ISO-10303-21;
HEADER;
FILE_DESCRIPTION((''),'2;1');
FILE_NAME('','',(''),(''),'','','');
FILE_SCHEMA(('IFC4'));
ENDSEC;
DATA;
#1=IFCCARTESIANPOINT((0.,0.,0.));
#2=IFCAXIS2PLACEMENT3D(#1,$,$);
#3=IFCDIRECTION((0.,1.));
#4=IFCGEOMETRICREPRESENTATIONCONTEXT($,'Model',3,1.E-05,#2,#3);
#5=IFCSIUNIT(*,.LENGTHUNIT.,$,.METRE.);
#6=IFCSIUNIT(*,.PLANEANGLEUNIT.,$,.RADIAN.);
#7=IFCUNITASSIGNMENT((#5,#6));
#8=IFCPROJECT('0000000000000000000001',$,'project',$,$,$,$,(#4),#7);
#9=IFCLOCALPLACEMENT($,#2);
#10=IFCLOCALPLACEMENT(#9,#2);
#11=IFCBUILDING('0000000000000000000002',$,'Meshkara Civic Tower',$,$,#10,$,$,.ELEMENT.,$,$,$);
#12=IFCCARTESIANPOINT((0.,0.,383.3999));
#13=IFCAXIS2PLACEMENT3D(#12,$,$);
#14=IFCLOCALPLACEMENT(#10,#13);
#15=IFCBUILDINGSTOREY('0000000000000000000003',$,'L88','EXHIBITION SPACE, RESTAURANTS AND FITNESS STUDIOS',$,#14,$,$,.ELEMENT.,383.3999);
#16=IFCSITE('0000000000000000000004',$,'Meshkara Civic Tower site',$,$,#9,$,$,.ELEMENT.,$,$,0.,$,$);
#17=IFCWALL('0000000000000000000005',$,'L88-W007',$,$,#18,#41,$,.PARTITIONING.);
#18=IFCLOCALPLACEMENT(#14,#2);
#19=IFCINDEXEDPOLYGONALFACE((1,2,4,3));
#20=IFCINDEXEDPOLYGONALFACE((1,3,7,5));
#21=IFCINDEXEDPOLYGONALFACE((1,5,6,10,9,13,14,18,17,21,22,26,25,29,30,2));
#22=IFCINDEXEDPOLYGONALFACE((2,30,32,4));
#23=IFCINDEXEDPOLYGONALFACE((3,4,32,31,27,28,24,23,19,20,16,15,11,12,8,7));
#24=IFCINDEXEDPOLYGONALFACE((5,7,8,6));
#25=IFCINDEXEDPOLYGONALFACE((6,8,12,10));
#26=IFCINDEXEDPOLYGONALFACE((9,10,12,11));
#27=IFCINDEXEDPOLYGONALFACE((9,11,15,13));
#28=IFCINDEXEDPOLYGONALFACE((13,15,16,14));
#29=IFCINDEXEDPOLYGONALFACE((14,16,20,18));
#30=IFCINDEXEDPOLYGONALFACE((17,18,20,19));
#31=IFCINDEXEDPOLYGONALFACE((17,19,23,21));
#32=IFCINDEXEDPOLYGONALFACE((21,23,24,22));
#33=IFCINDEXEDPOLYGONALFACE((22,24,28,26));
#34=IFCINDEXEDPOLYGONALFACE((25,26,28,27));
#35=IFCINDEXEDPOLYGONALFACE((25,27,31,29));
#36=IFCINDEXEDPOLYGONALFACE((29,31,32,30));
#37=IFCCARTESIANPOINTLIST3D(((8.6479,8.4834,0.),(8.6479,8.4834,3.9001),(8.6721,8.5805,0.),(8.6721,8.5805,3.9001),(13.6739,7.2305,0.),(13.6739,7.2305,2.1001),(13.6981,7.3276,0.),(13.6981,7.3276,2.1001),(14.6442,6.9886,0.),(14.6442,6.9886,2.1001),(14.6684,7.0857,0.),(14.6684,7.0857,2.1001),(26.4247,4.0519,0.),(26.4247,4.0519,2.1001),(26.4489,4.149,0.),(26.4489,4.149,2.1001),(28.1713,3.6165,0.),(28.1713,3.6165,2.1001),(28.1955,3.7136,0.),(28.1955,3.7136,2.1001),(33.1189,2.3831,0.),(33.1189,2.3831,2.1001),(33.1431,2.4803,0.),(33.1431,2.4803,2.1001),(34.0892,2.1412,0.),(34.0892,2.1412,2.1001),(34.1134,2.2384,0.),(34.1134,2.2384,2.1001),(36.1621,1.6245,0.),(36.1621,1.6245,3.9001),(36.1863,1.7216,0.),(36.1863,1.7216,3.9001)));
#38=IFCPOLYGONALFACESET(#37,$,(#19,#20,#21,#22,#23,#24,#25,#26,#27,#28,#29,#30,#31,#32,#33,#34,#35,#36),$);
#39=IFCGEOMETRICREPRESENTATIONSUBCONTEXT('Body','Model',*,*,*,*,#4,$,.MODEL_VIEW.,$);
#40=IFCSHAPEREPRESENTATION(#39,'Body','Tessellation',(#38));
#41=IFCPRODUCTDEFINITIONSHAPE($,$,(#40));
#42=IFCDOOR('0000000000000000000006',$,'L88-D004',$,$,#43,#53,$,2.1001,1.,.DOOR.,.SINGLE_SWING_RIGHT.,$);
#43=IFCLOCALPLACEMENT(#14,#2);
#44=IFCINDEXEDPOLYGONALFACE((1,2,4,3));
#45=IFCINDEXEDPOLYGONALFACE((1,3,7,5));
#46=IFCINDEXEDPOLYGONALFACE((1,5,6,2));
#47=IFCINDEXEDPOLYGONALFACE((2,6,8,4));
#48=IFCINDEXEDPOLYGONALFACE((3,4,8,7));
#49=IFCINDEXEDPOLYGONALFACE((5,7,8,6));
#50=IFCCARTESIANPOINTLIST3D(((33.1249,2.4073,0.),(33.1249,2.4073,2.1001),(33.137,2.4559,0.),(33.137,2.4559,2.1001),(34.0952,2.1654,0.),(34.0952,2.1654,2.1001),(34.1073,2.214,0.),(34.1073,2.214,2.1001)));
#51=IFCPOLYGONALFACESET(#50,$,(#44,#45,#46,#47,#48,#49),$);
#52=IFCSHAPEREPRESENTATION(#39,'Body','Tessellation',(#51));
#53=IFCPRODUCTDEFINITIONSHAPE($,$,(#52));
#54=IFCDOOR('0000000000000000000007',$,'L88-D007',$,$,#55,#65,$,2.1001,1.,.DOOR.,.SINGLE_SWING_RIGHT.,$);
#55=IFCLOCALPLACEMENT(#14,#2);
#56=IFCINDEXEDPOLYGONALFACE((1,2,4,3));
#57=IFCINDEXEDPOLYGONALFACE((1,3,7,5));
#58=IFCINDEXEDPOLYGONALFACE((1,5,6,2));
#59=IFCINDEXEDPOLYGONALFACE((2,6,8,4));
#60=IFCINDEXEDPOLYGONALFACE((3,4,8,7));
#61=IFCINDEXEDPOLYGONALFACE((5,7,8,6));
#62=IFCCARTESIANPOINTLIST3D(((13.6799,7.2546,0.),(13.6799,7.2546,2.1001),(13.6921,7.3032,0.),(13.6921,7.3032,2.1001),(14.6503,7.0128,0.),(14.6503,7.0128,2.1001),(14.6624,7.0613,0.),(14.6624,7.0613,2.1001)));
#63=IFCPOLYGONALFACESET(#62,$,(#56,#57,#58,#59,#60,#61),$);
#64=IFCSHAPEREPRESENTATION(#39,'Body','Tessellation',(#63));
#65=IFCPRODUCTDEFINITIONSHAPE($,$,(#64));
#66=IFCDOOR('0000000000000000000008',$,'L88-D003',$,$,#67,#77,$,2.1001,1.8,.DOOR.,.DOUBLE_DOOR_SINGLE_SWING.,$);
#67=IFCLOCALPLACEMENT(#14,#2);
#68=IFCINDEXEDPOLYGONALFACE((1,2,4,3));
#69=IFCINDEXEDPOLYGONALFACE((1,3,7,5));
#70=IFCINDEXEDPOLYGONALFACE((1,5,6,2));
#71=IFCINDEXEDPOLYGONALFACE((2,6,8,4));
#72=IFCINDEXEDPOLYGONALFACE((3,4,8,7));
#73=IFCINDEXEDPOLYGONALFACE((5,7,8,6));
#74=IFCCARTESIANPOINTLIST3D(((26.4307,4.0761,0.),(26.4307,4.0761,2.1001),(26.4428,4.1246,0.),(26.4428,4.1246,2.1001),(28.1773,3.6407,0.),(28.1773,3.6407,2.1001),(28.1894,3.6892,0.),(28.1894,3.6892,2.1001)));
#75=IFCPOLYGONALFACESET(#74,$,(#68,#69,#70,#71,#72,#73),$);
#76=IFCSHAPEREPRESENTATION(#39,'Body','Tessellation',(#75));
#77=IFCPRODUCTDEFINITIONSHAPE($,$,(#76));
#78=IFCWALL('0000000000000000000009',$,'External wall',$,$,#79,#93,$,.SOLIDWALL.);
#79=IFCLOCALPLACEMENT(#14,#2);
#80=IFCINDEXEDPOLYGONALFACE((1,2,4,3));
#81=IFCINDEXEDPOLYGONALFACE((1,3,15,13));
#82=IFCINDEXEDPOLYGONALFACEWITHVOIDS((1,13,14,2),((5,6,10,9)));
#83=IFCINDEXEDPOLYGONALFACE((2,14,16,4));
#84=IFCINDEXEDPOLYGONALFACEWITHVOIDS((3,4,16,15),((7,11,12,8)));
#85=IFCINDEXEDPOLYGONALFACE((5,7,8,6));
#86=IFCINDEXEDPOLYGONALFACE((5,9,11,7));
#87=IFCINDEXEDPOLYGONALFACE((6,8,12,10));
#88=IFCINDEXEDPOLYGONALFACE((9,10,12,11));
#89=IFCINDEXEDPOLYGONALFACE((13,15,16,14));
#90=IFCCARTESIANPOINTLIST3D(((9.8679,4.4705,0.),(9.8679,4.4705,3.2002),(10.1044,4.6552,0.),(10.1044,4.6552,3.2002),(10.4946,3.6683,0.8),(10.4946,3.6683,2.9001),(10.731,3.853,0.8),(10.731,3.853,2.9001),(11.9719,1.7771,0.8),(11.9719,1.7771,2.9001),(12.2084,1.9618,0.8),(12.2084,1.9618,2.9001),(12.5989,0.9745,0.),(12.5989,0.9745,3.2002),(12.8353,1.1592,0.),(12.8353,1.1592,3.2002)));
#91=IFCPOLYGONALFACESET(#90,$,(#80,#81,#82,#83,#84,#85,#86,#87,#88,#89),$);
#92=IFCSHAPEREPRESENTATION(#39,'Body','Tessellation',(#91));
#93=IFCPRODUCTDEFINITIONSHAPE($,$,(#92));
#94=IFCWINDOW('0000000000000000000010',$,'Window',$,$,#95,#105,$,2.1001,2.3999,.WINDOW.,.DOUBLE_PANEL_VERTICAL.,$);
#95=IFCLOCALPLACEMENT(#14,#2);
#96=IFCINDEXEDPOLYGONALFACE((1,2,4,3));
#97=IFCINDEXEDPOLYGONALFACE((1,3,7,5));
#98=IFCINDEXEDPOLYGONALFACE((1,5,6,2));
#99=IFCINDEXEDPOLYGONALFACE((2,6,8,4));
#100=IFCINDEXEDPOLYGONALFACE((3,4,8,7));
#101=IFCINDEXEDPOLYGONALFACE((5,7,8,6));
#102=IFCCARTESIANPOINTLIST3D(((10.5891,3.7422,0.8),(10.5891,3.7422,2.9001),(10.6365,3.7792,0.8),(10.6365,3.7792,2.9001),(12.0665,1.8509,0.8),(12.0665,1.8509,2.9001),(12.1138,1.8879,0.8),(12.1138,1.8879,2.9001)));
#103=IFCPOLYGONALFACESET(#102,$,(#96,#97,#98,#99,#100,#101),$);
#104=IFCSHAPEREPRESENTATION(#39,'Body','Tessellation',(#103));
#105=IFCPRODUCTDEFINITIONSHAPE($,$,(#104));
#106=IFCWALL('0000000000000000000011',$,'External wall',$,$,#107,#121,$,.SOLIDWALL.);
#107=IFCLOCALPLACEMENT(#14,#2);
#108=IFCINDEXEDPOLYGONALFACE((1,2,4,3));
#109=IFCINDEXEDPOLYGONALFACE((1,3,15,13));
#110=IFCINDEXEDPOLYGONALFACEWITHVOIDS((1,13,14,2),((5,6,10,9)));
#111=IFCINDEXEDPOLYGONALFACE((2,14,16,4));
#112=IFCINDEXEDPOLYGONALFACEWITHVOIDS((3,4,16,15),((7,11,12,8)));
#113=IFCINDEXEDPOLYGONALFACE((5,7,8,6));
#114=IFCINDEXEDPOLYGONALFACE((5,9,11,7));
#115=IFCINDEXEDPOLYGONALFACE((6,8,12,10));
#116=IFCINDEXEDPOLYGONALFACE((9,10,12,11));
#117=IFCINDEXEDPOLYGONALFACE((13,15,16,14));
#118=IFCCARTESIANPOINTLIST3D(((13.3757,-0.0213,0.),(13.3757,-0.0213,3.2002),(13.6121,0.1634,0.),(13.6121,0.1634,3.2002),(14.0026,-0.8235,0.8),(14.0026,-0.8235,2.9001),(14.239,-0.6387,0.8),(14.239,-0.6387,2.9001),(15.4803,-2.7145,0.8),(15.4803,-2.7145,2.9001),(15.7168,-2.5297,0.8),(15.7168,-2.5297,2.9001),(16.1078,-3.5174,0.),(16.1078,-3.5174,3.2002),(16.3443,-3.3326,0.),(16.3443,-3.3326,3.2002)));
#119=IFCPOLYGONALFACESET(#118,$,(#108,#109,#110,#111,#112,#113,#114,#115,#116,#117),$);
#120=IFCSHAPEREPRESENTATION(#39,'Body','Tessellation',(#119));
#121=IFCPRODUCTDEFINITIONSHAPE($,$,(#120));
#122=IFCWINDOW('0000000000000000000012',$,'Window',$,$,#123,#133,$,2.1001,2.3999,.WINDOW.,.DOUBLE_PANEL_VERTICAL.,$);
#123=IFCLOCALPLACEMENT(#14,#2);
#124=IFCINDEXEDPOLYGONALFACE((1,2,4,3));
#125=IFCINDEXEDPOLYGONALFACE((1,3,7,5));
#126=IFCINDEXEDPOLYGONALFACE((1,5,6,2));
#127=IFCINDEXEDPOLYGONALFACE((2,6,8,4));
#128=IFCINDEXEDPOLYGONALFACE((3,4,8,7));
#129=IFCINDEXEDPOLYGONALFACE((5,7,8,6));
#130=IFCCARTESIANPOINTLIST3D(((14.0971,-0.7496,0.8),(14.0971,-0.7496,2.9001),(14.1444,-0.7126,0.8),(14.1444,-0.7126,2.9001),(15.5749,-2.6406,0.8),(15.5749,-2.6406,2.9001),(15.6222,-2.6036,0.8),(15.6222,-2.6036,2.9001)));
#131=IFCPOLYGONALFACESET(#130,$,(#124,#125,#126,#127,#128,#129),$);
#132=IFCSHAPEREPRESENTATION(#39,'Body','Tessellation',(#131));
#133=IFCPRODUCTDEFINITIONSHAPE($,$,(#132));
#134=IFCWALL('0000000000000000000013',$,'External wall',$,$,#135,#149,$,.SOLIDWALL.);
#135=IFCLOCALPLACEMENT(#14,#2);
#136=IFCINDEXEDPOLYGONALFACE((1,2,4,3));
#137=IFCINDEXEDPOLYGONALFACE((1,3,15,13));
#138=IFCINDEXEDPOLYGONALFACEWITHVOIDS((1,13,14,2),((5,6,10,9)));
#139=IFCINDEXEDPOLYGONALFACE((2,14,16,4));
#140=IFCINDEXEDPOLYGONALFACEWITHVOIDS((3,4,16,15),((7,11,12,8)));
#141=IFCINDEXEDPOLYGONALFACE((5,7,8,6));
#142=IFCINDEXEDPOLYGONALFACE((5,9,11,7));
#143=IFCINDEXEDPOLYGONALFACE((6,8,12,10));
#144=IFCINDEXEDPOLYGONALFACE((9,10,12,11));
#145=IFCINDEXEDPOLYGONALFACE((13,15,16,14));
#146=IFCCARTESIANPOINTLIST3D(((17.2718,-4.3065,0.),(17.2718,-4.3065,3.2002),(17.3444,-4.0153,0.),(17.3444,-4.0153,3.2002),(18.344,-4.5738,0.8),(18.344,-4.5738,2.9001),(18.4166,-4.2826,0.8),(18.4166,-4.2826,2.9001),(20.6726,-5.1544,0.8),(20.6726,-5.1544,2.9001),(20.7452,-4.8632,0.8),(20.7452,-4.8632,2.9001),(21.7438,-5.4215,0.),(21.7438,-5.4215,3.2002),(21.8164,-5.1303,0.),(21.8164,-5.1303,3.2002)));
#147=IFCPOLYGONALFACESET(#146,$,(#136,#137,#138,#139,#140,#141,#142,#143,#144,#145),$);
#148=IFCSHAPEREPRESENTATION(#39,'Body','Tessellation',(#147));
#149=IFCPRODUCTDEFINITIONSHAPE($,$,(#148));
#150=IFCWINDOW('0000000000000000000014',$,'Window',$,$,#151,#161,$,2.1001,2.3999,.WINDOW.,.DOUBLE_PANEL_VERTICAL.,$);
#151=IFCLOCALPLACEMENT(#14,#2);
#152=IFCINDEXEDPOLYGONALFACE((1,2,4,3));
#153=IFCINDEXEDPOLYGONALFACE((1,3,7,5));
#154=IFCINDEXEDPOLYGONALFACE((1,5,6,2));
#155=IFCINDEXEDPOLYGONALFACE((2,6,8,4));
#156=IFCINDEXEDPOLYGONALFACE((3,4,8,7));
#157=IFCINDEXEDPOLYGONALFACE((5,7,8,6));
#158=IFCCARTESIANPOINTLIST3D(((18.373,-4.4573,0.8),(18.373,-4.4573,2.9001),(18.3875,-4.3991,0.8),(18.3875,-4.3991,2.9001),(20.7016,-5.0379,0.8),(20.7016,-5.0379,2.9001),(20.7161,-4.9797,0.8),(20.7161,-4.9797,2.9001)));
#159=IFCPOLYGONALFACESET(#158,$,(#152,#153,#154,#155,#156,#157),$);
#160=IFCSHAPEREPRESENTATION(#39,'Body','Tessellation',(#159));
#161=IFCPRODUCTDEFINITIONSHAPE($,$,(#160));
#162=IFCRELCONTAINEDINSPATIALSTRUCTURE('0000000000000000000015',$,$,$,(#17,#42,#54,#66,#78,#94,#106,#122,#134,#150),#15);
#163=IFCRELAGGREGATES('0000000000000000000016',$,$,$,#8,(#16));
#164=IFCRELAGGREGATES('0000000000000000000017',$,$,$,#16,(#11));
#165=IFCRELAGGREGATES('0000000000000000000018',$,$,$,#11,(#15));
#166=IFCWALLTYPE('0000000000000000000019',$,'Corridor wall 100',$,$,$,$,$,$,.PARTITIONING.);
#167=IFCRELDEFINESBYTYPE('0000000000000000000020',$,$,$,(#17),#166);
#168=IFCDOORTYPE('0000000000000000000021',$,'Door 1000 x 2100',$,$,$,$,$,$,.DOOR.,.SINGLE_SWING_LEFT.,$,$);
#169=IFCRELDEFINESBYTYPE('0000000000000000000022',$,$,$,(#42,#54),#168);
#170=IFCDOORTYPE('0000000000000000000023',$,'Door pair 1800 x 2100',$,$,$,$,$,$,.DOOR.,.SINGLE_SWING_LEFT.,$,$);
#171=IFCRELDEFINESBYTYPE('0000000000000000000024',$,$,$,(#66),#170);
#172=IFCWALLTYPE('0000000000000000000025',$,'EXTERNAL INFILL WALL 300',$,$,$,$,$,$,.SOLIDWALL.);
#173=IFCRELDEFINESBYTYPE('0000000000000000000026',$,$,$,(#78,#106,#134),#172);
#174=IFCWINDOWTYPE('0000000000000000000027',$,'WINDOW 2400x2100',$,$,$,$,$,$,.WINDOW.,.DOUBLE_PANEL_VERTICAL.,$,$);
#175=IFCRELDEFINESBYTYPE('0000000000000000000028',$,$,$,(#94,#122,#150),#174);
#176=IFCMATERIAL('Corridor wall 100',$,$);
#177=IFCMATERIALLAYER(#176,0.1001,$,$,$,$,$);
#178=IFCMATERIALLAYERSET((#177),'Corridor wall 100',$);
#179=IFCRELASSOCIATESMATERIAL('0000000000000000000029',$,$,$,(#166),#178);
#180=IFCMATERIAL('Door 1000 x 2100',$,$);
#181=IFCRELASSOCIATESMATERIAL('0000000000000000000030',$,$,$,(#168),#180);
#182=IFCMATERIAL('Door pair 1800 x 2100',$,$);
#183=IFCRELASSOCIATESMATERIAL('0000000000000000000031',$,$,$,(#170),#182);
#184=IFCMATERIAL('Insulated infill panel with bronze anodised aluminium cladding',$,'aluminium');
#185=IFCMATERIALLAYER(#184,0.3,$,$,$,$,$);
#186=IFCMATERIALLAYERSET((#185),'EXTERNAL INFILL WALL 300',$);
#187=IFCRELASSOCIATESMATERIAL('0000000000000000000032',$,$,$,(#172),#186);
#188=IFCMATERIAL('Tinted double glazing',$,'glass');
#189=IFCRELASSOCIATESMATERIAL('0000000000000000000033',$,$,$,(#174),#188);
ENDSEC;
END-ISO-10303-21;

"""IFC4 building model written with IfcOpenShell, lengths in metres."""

from ifc_helpers import new_model, si_unit, direction, frame, frame_2d, origin, place, context, subcontext, project, spatial, rectangle, extrude, material, layer, layer_set, type_object, element, fill, save


model = new_model("IFC4")

# Units and contexts
model_context = context("Model", 3, precision=1e-05, world=origin(), true_north=direction((0.0, 1.0)))
body_context = subcontext(model_context, "Body", "Model", "MODEL_VIEW")
ifc_project = project(units=[si_unit("LENGTHUNIT", "METRE"), si_unit("PLANEANGLEUNIT", "RADIAN")], contexts=[model_context])

# Site, building, storey
site_placement = place(None, origin())
site = spatial("IfcSite", under=ifc_project, at=site_placement, Name="Meshkara Civic Tower site", CompositionType="ELEMENT", RefElevation=0.0)
building_placement = place(site_placement, origin())
building = spatial("IfcBuilding", under=site, at=building_placement, Name="Meshkara Civic Tower", CompositionType="ELEMENT")
storey_placement = place(building_placement, frame((0.0, 0.0, 383.3999)))
storey = spatial("IfcBuildingStorey", under=building, at=storey_placement, Name="L88", Description="EXHIBITION SPACE, RESTAURANTS AND FITNESS STUDIOS", CompositionType="ELEMENT", Elevation=383.3999)

# Wall, openings, doors
ifc_material_1 = material(Name="Corridor wall 100")
ifc_layer_1 = layer(ifc_material_1, 0.1001)
ifc_layer_set_1 = layer_set([ifc_layer_1], Name="Corridor wall 100")
wall_type_1 = type_object("IfcWallType", Name="Corridor wall 100", PredefinedType="PARTITIONING", material=ifc_layer_set_1)
wall_1_placement = place(storey_placement, frame((8.6599, 8.532, 0.0), z_axis=(0.0, 0.0, 1.0), x_axis=(0.970305, -0.241883, 0.0)))
wall_1 = element("IfcWall", 1, at=wall_1_placement, inside=storey, type_object=wall_type_1, Name="L88-W007", PredefinedType="PARTITIONING", context=body_context, shape_type="SweptSolid", body=[
    extrude(rectangle(XDim=28.3562, YDim=0.1001, at=frame_2d((14.1782, 0.0))), origin(), (0.0, 0.0, 1.0), 3.9001),
])
opening_1_placement = place(wall_1_placement, frame((18.321, 0.0, 0.0)))
opening_1 = element("IfcOpeningElement", 2, at=opening_1_placement, cuts=wall_1, PredefinedType="OPENING", context=body_context, shape_type="SweptSolid", body=[
    extrude(rectangle(XDim=1.8, YDim=2.1001, at=frame_2d((0.8999, 1.05))), frame((0.0, 0.0601, 0.0), z_axis=(0.0, -1.0, 0.0), x_axis=(1.0, 0.0, 0.0)), (0.0, 0.0, 1.0), 0.1201),
])
opening_2_placement = place(wall_1_placement, frame((25.22, 0.0, 0.0)))
opening_2 = element("IfcOpeningElement", 3, at=opening_2_placement, cuts=wall_1, PredefinedType="OPENING", context=body_context, shape_type="SweptSolid", body=[
    extrude(rectangle(XDim=1.0, YDim=2.1001, at=frame_2d((0.5, 1.05))), frame((0.0, 0.0601, 0.0), z_axis=(0.0, -1.0, 0.0), x_axis=(1.0, 0.0, 0.0)), (0.0, 0.0, 1.0), 0.1201),
])
opening_3_placement = place(wall_1_placement, frame((5.1799, 0.0, 0.0)))
opening_3 = element("IfcOpeningElement", 4, at=opening_3_placement, cuts=wall_1, PredefinedType="OPENING", context=body_context, shape_type="SweptSolid", body=[
    extrude(rectangle(XDim=1.0, YDim=2.1001, at=frame_2d((0.5, 1.05))), frame((0.0, 0.0601, 0.0), z_axis=(0.0, -1.0, 0.0), x_axis=(1.0, 0.0, 0.0)), (0.0, 0.0, 1.0), 0.1201),
])
ifc_material_2 = material(Name="Door 1000 x 2100")
door_type_1 = type_object("IfcDoorType", Name="Door 1000 x 2100", OperationType="SINGLE_SWING_LEFT", PredefinedType="DOOR", material=ifc_material_2)
door_1_placement = place(opening_2_placement, origin())
door_1 = element("IfcDoor", 5, at=door_1_placement, inside=storey, type_object=door_type_1, Name="L88-D004", OperationType="SINGLE_SWING_RIGHT", OverallHeight=2.1001, OverallWidth=1.0, PredefinedType="DOOR", context=body_context, shape_type="SweptSolid", body=[
    extrude(rectangle(XDim=1.0, YDim=2.1001, at=frame_2d((0.5, 1.05))), frame((0.0, 0.0249, 0.0), z_axis=(0.0, -1.0, 0.0), x_axis=(1.0, 0.0, 0.0)), (0.0, 0.0, 1.0), 0.05),
])
fill(opening_2, door_1)
door_2_placement = place(opening_3_placement, origin())
door_2 = element("IfcDoor", 6, at=door_2_placement, inside=storey, type_object=door_type_1, Name="L88-D007", OperationType="SINGLE_SWING_RIGHT", OverallHeight=2.1001, OverallWidth=1.0, PredefinedType="DOOR", context=body_context, shape_type="SweptSolid", body=[
    extrude(rectangle(XDim=1.0, YDim=2.1001, at=frame_2d((0.5, 1.05))), frame((0.0, 0.0249, 0.0), z_axis=(0.0, -1.0, 0.0), x_axis=(1.0, 0.0, 0.0)), (0.0, 0.0, 1.0), 0.05),
])
fill(opening_3, door_2)
ifc_material_3 = material(Name="Door pair 1800 x 2100")
door_type_2 = type_object("IfcDoorType", Name="Door pair 1800 x 2100", OperationType="SINGLE_SWING_LEFT", PredefinedType="DOOR", material=ifc_material_3)
door_3_placement = place(opening_1_placement, origin())
door_3 = element("IfcDoor", 7, at=door_3_placement, inside=storey, type_object=door_type_2, Name="L88-D003", OperationType="DOUBLE_DOOR_SINGLE_SWING", OverallHeight=2.1001, OverallWidth=1.8, PredefinedType="DOOR", context=body_context, shape_type="SweptSolid", body=[
    extrude(rectangle(XDim=1.8, YDim=2.1001, at=frame_2d((0.8999, 1.05))), frame((0.0, 0.0249, 0.0), z_axis=(0.0, -1.0, 0.0), x_axis=(1.0, 0.0, 0.0)), (0.0, 0.0, 1.0), 0.05),
])
fill(opening_1, door_3)

# Walls, openings, windows
ifc_material_4 = material(Name="Insulated infill panel with bronze anodised aluminium cladding", Category="aluminium")
ifc_layer_2 = layer(ifc_material_4, 0.3)
ifc_layer_set_2 = layer_set([ifc_layer_2], Name="EXTERNAL INFILL WALL 300")
wall_type_2 = type_object("IfcWallType", Name="EXTERNAL INFILL WALL 300", PredefinedType="SOLIDWALL", material=ifc_layer_set_2)
wall_2_placement = place(storey_placement, frame((9.9861, 4.563, 0.0), z_axis=(0.0, 0.0, 1.0), x_axis=(0.615593, -0.788064, 0.0)))
wall_2 = element("IfcWall", 8, at=wall_2_placement, inside=storey, type_object=wall_type_2, Name="External wall", PredefinedType="SOLIDWALL", context=body_context, shape_type="SweptSolid", body=[
    extrude(rectangle(XDim=4.4363, YDim=0.3, at=frame_2d((2.2183, 0.0))), origin(), (0.0, 0.0, 1.0), 3.2002),
])
opening_4_placement = place(wall_2_placement, frame((1.0181, 0.0, 0.8)))
opening_4 = element("IfcOpeningElement", 9, at=opening_4_placement, cuts=wall_2, PredefinedType="OPENING", context=body_context, shape_type="SweptSolid", body=[
    extrude(rectangle(XDim=2.3999, YDim=2.1001, at=frame_2d((1.2, 1.05))), frame((0.0, 0.1599, 0.0), z_axis=(0.0, -1.0, 0.0), x_axis=(1.0, 0.0, 0.0)), (0.0, 0.0, 1.0), 0.3201),
])
ifc_material_5 = material(Name="Tinted double glazing", Category="glass")
window_type = type_object("IfcWindowType", Name="WINDOW 2400x2100", PartitioningType="DOUBLE_PANEL_VERTICAL", PredefinedType="WINDOW", material=ifc_material_5)
window_1_placement = place(opening_4_placement, origin())
window_1 = element("IfcWindow", 10, at=window_1_placement, inside=storey, type_object=window_type, Name="Window", OverallHeight=2.1001, OverallWidth=2.3999, PartitioningType="DOUBLE_PANEL_VERTICAL", PredefinedType="WINDOW", context=body_context, shape_type="SweptSolid", body=[
    extrude(rectangle(XDim=2.3999, YDim=2.1001, at=frame_2d((1.2, 1.05))), frame((0.0, 0.03, 0.0), z_axis=(0.0, -1.0, 0.0), x_axis=(1.0, 0.0, 0.0)), (0.0, 0.0, 1.0), 0.0601),
])
fill(opening_4, window_1)
wall_3_placement = place(storey_placement, frame((13.4939, 0.071, 0.0), z_axis=(0.0, 0.0, 1.0), x_axis=(0.615764, -0.787931, 0.0)))
wall_3 = element("IfcWall", 11, at=wall_3_placement, inside=storey, type_object=wall_type_2, Name="External wall", PredefinedType="SOLIDWALL", context=body_context, shape_type="SweptSolid", body=[
    extrude(rectangle(XDim=4.437, YDim=0.3, at=frame_2d((2.2185, 0.0))), origin(), (0.0, 0.0, 1.0), 3.2002),
])
opening_5_placement = place(wall_3_placement, frame((1.0181, 0.0, 0.8)))
opening_5 = element("IfcOpeningElement", 12, at=opening_5_placement, cuts=wall_3, PredefinedType="OPENING", context=body_context, shape_type="SweptSolid", body=[
    extrude(rectangle(XDim=2.3999, YDim=2.1001, at=frame_2d((1.2, 1.05))), frame((0.0, 0.1599, 0.0), z_axis=(0.0, -1.0, 0.0), x_axis=(1.0, 0.0, 0.0)), (0.0, 0.0, 1.0), 0.3201),
])
window_2_placement = place(opening_5_placement, origin())
window_2 = element("IfcWindow", 13, at=window_2_placement, inside=storey, type_object=window_type, Name="Window", OverallHeight=2.1001, OverallWidth=2.3999, PartitioningType="DOUBLE_PANEL_VERTICAL", PredefinedType="WINDOW", context=body_context, shape_type="SweptSolid", body=[
    extrude(rectangle(XDim=2.3999, YDim=2.1001, at=frame_2d((1.2, 1.05))), frame((0.0, 0.03, 0.0), z_axis=(0.0, -1.0, 0.0), x_axis=(1.0, 0.0, 0.0)), (0.0, 0.0, 1.0), 0.0601),
])
fill(opening_5, window_2)
wall_4_placement = place(storey_placement, frame((17.3081, -4.1609, 0.0), z_axis=(0.0, 0.0, 1.0), x_axis=(0.970295, -0.241925, 0.0)))
wall_4 = element("IfcWall", 14, at=wall_4_placement, inside=storey, type_object=wall_type_2, Name="External wall", PredefinedType="SOLIDWALL", context=body_context, shape_type="SweptSolid", body=[
    extrude(rectangle(XDim=4.6089, YDim=0.3, at=frame_2d((2.3044, 0.0))), origin(), (0.0, 0.0, 1.0), 3.2002),
])
opening_6_placement = place(wall_4_placement, frame((1.105, 0.0, 0.8)))
opening_6 = element("IfcOpeningElement", 15, at=opening_6_placement, cuts=wall_4, PredefinedType="OPENING", context=body_context, shape_type="SweptSolid", body=[
    extrude(rectangle(XDim=2.3999, YDim=2.1001, at=frame_2d((1.2, 1.05))), frame((0.0, 0.1599, 0.0), z_axis=(0.0, -1.0, 0.0), x_axis=(1.0, 0.0, 0.0)), (0.0, 0.0, 1.0), 0.3201),
])
window_3_placement = place(opening_6_placement, origin())
window_3 = element("IfcWindow", 16, at=window_3_placement, inside=storey, type_object=window_type, Name="Window", OverallHeight=2.1001, OverallWidth=2.3999, PartitioningType="DOUBLE_PANEL_VERTICAL", PredefinedType="WINDOW", context=body_context, shape_type="SweptSolid", body=[
    extrude(rectangle(XDim=2.3999, YDim=2.1001, at=frame_2d((1.2, 1.05))), frame((0.0, 0.03, 0.0), z_axis=(0.0, -1.0, 0.0), x_axis=(1.0, 0.0, 0.0)), (0.0, 0.0, 1.0), 0.0601),
])
fill(opening_6, window_3)

save(model, "model.ifc")
